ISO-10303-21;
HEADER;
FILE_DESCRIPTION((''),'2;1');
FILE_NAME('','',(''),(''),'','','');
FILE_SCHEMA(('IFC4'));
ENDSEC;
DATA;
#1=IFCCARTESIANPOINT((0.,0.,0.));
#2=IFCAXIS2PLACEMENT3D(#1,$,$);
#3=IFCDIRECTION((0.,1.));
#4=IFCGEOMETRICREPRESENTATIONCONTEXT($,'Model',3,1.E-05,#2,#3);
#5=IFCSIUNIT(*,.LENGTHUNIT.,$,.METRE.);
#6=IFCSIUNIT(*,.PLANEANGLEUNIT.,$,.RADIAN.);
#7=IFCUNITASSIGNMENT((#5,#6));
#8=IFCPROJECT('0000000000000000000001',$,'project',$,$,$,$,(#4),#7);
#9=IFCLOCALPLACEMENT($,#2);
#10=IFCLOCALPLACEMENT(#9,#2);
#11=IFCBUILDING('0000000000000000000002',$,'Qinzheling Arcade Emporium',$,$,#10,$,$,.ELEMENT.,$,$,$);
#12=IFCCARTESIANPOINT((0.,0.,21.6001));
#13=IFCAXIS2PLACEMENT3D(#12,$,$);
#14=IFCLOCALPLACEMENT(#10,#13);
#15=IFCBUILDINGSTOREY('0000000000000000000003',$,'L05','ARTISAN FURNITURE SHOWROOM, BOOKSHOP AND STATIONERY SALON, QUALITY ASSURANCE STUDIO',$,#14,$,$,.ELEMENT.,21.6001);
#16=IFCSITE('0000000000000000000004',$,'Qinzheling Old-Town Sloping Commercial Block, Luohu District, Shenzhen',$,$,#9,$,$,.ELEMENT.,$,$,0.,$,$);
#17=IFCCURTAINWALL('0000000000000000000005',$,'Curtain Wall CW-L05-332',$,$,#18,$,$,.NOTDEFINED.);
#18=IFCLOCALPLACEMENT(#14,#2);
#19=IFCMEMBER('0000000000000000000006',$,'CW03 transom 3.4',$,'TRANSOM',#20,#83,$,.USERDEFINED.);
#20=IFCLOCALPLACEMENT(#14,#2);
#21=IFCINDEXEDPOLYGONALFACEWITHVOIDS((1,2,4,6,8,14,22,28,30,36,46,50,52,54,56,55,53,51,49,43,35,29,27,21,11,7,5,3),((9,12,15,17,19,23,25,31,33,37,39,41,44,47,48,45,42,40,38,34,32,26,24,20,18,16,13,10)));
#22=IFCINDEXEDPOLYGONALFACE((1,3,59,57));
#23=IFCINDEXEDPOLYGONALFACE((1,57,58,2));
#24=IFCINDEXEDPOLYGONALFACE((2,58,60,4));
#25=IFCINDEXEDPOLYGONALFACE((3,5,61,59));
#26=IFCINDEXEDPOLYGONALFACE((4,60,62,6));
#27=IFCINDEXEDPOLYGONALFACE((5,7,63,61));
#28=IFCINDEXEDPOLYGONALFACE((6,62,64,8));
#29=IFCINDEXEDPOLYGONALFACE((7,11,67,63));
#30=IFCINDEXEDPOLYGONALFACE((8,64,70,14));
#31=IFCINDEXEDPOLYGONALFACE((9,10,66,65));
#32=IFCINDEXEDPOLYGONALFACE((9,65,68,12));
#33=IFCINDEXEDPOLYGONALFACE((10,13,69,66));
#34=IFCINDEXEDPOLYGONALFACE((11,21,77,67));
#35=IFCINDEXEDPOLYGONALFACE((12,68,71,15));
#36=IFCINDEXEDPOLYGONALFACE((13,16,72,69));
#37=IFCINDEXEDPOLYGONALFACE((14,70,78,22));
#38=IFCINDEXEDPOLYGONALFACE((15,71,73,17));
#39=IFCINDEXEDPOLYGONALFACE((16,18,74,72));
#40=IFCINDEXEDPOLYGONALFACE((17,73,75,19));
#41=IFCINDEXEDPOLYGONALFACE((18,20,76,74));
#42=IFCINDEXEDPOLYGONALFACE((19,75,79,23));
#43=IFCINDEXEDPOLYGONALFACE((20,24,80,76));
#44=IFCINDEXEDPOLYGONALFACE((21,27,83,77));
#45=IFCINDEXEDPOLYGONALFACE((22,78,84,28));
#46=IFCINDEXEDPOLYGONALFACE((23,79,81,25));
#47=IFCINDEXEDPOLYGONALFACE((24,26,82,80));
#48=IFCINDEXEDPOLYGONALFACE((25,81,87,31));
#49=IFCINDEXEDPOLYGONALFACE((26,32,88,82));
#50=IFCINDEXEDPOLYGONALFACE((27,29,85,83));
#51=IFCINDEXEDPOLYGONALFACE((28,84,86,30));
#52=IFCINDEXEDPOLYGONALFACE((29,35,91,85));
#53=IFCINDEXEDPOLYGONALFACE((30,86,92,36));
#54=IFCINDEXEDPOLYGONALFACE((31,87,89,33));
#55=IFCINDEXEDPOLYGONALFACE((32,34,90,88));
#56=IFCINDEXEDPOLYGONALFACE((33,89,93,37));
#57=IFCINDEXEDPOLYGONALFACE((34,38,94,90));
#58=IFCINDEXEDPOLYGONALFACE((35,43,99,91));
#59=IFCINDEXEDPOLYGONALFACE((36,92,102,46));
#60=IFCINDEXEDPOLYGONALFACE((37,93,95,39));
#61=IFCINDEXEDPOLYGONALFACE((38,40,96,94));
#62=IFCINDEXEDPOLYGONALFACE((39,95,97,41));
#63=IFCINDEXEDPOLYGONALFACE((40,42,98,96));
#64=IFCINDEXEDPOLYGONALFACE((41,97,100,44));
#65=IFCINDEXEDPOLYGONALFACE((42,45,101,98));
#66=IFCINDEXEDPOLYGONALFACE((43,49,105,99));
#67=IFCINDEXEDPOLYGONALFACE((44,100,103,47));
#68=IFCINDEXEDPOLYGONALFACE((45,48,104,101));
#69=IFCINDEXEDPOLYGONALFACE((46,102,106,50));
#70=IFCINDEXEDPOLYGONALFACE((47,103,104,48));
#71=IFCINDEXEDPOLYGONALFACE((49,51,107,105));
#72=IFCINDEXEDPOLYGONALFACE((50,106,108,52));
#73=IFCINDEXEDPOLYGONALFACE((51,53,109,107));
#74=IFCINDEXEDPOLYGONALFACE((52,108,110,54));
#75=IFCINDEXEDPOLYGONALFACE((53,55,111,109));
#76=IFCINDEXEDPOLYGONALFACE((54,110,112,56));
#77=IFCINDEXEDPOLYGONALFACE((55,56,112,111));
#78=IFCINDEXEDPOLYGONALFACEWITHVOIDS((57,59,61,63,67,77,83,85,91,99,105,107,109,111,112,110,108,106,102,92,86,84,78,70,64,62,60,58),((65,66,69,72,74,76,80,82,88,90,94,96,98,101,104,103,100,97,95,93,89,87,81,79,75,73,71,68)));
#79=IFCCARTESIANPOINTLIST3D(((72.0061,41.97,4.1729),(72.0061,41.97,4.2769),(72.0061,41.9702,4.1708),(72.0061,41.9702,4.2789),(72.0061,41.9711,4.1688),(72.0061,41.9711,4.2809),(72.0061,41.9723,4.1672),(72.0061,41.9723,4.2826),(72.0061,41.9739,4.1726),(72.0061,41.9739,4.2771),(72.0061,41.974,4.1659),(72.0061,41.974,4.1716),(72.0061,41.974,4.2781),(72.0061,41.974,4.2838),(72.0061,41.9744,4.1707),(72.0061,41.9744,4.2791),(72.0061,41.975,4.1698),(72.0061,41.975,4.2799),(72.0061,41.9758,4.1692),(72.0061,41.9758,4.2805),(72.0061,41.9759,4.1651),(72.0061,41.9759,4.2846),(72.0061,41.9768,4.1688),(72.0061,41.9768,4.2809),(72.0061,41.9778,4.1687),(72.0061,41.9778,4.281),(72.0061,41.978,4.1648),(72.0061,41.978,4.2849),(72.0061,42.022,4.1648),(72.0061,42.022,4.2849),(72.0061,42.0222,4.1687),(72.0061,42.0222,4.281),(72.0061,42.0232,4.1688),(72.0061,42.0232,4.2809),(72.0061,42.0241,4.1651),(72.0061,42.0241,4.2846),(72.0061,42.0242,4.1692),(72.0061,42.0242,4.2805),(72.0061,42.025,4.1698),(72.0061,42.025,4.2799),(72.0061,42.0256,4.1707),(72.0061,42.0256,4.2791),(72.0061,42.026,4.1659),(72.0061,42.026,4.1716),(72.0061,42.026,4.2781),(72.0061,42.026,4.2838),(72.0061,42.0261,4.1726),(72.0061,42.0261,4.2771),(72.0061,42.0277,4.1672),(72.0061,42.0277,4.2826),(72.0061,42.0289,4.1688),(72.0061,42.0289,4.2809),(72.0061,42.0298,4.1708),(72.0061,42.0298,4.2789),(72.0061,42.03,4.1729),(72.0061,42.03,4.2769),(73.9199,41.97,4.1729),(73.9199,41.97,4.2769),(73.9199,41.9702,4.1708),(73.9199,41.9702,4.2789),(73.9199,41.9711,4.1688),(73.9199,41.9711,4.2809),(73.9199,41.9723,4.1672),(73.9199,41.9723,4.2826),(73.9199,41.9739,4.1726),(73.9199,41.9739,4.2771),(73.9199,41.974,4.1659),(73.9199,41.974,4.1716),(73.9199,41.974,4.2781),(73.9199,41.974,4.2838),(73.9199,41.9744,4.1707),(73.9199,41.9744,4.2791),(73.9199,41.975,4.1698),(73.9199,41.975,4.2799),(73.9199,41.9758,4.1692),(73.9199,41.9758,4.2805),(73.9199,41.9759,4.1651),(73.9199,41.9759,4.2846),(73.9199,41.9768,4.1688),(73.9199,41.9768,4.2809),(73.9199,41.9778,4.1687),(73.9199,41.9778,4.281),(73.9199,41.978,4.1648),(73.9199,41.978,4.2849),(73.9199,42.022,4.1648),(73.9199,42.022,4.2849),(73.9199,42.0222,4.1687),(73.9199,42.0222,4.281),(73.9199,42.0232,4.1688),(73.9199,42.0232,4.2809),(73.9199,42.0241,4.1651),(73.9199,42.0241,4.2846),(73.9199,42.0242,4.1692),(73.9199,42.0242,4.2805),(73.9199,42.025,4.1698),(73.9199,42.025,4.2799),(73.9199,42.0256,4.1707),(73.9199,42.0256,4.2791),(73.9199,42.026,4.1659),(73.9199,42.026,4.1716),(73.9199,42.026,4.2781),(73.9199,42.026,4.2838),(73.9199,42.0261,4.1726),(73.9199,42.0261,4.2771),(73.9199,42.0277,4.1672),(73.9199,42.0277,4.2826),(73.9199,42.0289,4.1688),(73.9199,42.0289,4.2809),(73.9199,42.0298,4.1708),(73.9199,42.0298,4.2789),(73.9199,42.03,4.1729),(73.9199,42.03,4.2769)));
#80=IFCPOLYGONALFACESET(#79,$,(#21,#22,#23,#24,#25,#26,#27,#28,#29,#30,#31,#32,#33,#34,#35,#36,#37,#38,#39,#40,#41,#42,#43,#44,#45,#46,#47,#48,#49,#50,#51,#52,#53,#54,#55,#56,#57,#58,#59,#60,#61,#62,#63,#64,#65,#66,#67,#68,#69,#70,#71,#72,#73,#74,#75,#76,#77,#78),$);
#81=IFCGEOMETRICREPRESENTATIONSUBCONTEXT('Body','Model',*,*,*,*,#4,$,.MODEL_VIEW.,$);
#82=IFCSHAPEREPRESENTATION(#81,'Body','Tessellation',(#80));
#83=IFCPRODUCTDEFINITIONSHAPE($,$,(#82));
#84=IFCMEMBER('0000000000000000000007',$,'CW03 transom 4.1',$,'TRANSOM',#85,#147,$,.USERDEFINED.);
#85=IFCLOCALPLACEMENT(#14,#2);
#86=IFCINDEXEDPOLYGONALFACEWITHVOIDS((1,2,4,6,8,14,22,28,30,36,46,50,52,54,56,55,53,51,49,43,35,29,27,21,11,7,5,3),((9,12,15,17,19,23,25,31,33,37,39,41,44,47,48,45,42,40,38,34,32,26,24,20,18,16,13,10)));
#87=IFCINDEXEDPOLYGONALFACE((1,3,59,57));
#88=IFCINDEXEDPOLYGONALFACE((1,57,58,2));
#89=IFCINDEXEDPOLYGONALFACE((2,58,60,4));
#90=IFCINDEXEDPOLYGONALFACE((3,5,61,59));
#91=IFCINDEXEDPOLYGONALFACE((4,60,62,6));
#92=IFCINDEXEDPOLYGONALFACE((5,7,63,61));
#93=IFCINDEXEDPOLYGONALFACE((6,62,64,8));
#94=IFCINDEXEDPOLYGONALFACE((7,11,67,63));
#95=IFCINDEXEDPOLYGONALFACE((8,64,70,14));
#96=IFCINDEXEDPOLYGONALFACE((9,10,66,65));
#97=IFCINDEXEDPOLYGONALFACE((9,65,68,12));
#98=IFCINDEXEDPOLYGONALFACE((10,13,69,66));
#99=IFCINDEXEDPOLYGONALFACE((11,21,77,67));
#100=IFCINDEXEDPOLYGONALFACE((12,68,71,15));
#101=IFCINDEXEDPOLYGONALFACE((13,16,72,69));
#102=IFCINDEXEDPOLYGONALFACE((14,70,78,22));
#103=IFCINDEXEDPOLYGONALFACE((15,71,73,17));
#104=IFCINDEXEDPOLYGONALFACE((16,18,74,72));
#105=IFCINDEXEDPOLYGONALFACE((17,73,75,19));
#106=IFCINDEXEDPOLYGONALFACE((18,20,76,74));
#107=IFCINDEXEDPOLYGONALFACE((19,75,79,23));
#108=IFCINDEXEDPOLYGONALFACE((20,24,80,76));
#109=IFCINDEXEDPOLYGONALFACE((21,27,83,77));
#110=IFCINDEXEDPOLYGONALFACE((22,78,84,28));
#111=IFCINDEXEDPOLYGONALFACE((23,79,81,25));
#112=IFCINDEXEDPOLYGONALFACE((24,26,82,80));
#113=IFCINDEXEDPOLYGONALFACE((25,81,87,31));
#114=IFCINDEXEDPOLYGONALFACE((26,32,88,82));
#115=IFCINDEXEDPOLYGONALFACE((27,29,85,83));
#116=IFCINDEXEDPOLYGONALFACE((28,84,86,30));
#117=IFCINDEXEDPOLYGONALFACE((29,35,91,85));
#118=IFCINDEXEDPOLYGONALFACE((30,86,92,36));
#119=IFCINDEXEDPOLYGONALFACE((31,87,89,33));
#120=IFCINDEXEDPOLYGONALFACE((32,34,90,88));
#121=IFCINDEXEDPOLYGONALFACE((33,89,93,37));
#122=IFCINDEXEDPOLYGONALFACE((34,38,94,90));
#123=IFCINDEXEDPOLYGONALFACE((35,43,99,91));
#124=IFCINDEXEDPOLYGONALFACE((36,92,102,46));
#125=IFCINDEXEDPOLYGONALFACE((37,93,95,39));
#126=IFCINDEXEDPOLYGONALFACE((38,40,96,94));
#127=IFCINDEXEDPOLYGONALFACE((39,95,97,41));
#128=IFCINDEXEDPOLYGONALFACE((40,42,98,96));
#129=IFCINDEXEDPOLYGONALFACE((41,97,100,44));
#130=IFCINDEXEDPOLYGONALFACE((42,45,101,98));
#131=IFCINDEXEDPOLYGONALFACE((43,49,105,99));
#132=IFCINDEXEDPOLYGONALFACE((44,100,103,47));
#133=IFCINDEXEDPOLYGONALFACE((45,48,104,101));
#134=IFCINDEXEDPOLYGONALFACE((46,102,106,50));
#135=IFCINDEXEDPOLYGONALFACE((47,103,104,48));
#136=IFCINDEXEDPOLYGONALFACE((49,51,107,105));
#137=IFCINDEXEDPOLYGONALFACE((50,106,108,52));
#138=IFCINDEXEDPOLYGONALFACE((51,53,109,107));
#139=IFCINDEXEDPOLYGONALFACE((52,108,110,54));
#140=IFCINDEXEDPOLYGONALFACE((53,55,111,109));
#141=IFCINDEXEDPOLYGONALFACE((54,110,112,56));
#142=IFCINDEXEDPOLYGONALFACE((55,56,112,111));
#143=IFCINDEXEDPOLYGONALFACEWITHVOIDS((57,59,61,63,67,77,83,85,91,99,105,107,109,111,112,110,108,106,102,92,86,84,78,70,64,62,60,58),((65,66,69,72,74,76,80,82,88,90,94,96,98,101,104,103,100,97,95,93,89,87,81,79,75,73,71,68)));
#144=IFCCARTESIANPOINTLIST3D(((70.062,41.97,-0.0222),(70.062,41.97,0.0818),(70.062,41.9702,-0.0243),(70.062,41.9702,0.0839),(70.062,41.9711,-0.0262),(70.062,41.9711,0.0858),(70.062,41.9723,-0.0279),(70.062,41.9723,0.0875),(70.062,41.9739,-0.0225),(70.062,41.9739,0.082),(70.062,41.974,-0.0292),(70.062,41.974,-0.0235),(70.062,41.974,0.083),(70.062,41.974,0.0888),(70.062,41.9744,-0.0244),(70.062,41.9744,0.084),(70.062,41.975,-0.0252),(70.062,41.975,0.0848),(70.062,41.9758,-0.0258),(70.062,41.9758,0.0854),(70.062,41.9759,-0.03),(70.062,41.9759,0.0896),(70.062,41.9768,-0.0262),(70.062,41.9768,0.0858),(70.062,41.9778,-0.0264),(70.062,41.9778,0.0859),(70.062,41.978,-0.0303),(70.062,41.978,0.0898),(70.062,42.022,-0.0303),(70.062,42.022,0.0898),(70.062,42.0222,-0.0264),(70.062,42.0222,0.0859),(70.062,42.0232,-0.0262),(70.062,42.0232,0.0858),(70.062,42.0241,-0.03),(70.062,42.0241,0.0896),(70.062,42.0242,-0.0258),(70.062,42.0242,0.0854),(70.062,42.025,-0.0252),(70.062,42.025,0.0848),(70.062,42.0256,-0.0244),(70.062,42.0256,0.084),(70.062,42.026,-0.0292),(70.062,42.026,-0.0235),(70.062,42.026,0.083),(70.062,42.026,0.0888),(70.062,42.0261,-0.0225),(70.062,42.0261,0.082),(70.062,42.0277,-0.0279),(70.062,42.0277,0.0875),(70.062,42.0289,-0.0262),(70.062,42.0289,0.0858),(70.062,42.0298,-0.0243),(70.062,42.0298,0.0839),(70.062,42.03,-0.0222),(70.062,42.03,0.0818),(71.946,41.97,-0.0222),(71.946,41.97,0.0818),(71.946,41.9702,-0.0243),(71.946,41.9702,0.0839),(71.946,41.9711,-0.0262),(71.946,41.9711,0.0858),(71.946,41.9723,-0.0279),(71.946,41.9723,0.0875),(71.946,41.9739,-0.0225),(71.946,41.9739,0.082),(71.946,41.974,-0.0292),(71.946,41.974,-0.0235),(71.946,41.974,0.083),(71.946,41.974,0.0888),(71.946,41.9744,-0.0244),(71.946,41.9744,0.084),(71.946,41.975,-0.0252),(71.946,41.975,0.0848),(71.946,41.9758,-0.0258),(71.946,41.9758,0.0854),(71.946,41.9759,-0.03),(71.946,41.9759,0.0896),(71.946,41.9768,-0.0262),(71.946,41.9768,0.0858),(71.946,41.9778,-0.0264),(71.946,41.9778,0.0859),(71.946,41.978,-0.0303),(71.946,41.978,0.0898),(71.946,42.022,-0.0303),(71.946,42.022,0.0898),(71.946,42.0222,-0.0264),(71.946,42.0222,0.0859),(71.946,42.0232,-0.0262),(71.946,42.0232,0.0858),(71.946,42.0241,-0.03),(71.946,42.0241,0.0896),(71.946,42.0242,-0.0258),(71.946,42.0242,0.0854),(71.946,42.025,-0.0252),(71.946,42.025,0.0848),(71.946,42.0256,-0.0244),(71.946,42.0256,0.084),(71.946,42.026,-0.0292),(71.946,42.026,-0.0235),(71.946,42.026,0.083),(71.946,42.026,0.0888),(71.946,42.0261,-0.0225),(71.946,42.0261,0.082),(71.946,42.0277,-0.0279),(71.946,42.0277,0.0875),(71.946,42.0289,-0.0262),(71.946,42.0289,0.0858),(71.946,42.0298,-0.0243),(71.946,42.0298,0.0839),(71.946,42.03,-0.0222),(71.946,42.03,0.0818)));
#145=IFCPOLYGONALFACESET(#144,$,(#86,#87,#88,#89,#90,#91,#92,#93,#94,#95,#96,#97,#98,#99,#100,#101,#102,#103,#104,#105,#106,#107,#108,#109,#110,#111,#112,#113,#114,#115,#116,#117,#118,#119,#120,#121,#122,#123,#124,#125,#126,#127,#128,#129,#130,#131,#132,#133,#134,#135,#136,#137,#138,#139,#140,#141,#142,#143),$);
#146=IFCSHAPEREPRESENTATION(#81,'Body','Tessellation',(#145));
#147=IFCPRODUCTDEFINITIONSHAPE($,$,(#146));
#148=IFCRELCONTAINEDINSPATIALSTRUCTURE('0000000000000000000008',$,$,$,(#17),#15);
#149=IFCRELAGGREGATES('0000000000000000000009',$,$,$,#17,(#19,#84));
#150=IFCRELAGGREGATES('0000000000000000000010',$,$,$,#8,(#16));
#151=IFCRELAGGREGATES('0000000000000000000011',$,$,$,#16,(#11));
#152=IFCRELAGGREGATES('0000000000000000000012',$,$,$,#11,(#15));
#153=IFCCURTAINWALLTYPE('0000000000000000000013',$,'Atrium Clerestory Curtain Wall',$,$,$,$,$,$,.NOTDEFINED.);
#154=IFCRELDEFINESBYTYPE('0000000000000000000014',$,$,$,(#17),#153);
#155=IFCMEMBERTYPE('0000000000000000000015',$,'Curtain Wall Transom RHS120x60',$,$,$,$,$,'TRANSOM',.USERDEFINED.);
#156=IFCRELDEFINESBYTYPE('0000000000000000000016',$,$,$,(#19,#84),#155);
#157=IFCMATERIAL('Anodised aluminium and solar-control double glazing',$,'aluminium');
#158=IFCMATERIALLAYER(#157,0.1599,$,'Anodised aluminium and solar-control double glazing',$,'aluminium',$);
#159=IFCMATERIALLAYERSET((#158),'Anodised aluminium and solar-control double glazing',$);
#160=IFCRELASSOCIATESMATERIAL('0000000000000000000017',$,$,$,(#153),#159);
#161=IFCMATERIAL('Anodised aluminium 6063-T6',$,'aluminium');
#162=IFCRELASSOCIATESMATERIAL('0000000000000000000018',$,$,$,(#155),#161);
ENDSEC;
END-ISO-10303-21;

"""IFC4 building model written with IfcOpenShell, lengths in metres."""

from ifc_helpers import new_model, si_unit, direction, frame, origin, origin_2d, place, context, subcontext, project, spatial, hollow_rectangle, extrude, material, layer, layer_set, material_profile, profile_set, type_object, element, aggregate, save


model = new_model("IFC4")

# Units and contexts
model_context = context("Model", 3, precision=1e-05, world=origin(), true_north=direction((0.0, 1.0)))
body_context = subcontext(model_context, "Body", "Model", "MODEL_VIEW")
ifc_project = project(units=[si_unit("LENGTHUNIT", "METRE"), si_unit("PLANEANGLEUNIT", "RADIAN")], contexts=[model_context])

# Site, building, storey
site_placement = place(None, origin())
site = spatial("IfcSite", under=ifc_project, at=site_placement, Name="Qinzheling Old-Town Sloping Commercial Block, Luohu District, Shenzhen", CompositionType="ELEMENT", RefElevation=0.0)
building_placement = place(site_placement, origin())
building = spatial("IfcBuilding", under=site, at=building_placement, Name="Qinzheling Arcade Emporium", CompositionType="ELEMENT")
storey_placement = place(building_placement, frame((0.0, 0.0, 21.6001)))
storey = spatial("IfcBuildingStorey", under=building, at=storey_placement, Name="L05", Description="ARTISAN FURNITURE SHOWROOM, BOOKSHOP AND STATIONERY SALON, QUALITY ASSURANCE STUDIO", CompositionType="ELEMENT", Elevation=21.6001)

# Curtain wall, members
ifc_material_1 = material(Name="Anodised aluminium and solar-control double glazing", Category="aluminium")
ifc_layer_1 = layer(ifc_material_1, 0.1599, Name="Anodised aluminium and solar-control double glazing", Category="aluminium")
ifc_layer_set_1 = layer_set([ifc_layer_1], Name="Anodised aluminium and solar-control double glazing")
curtain_wall_type = type_object("IfcCurtainWallType", Name="Atrium Clerestory Curtain Wall", PredefinedType="NOTDEFINED", material=ifc_layer_set_1)
curtain_wall_placement = place(storey_placement, origin())
curtain_wall = element("IfcCurtainWall", 1, at=curtain_wall_placement, inside=storey, type_object=curtain_wall_type, Name="Curtain Wall CW-L05-332", PredefinedType="NOTDEFINED")
ifc_material_2 = material(Name="Anodised aluminium 6063-T6", Category="aluminium")
ifc_material_profile_1 = material_profile(ifc_material_2, hollow_rectangle(XDim=0.0601, YDim=0.1201, WallThickness=0.0039, InnerFilletRadius=0.0039, OuterFilletRadius=0.0081, at=origin_2d()), Name="RHS 120x60x4", Category="aluminium")
ifc_profile_set_1 = profile_set([ifc_material_profile_1], Name="Anodised aluminium 6063-T6")
member_type_1 = type_object("IfcMemberType", Name="Curtain Wall Transom RHS120x60", ElementType="TRANSOM", PredefinedType="USERDEFINED", material=ifc_profile_set_1)
member_1_placement = place(storey_placement, frame((73.9199, 42.0, 4.2249), z_axis=(-1.0, 0.0, 0.0), x_axis=(0.0, -1.0, 0.0)))
member_1 = element("IfcMember", 2, at=member_1_placement, type_object=member_type_1, Name="CW03 transom 3.4", ObjectType="TRANSOM", PredefinedType="USERDEFINED", context=body_context, shape_type="SweptSolid", body=[
    extrude(hollow_rectangle(XDim=0.0601, YDim=0.1201, WallThickness=0.0039, InnerFilletRadius=0.0039, OuterFilletRadius=0.0081, at=origin_2d()), origin(), (0.0, 0.0, 1.0), 1.9138),
])
member_2_placement = place(storey_placement, frame((71.946, 42.0, 0.0298), z_axis=(-1.0, 0.0, 0.0), x_axis=(0.0, -1.0, 0.0)))
member_2 = element("IfcMember", 3, at=member_2_placement, type_object=member_type_1, Name="CW03 transom 4.1", ObjectType="TRANSOM", PredefinedType="USERDEFINED", context=body_context, shape_type="SweptSolid", body=[
    extrude(hollow_rectangle(XDim=0.0601, YDim=0.1201, WallThickness=0.0039, InnerFilletRadius=0.0039, OuterFilletRadius=0.0081, at=origin_2d()), origin(), (0.0, 0.0, 1.0), 1.884),
])

aggregate(curtain_wall, [member_1, member_2])

save(model, "model.ifc")
